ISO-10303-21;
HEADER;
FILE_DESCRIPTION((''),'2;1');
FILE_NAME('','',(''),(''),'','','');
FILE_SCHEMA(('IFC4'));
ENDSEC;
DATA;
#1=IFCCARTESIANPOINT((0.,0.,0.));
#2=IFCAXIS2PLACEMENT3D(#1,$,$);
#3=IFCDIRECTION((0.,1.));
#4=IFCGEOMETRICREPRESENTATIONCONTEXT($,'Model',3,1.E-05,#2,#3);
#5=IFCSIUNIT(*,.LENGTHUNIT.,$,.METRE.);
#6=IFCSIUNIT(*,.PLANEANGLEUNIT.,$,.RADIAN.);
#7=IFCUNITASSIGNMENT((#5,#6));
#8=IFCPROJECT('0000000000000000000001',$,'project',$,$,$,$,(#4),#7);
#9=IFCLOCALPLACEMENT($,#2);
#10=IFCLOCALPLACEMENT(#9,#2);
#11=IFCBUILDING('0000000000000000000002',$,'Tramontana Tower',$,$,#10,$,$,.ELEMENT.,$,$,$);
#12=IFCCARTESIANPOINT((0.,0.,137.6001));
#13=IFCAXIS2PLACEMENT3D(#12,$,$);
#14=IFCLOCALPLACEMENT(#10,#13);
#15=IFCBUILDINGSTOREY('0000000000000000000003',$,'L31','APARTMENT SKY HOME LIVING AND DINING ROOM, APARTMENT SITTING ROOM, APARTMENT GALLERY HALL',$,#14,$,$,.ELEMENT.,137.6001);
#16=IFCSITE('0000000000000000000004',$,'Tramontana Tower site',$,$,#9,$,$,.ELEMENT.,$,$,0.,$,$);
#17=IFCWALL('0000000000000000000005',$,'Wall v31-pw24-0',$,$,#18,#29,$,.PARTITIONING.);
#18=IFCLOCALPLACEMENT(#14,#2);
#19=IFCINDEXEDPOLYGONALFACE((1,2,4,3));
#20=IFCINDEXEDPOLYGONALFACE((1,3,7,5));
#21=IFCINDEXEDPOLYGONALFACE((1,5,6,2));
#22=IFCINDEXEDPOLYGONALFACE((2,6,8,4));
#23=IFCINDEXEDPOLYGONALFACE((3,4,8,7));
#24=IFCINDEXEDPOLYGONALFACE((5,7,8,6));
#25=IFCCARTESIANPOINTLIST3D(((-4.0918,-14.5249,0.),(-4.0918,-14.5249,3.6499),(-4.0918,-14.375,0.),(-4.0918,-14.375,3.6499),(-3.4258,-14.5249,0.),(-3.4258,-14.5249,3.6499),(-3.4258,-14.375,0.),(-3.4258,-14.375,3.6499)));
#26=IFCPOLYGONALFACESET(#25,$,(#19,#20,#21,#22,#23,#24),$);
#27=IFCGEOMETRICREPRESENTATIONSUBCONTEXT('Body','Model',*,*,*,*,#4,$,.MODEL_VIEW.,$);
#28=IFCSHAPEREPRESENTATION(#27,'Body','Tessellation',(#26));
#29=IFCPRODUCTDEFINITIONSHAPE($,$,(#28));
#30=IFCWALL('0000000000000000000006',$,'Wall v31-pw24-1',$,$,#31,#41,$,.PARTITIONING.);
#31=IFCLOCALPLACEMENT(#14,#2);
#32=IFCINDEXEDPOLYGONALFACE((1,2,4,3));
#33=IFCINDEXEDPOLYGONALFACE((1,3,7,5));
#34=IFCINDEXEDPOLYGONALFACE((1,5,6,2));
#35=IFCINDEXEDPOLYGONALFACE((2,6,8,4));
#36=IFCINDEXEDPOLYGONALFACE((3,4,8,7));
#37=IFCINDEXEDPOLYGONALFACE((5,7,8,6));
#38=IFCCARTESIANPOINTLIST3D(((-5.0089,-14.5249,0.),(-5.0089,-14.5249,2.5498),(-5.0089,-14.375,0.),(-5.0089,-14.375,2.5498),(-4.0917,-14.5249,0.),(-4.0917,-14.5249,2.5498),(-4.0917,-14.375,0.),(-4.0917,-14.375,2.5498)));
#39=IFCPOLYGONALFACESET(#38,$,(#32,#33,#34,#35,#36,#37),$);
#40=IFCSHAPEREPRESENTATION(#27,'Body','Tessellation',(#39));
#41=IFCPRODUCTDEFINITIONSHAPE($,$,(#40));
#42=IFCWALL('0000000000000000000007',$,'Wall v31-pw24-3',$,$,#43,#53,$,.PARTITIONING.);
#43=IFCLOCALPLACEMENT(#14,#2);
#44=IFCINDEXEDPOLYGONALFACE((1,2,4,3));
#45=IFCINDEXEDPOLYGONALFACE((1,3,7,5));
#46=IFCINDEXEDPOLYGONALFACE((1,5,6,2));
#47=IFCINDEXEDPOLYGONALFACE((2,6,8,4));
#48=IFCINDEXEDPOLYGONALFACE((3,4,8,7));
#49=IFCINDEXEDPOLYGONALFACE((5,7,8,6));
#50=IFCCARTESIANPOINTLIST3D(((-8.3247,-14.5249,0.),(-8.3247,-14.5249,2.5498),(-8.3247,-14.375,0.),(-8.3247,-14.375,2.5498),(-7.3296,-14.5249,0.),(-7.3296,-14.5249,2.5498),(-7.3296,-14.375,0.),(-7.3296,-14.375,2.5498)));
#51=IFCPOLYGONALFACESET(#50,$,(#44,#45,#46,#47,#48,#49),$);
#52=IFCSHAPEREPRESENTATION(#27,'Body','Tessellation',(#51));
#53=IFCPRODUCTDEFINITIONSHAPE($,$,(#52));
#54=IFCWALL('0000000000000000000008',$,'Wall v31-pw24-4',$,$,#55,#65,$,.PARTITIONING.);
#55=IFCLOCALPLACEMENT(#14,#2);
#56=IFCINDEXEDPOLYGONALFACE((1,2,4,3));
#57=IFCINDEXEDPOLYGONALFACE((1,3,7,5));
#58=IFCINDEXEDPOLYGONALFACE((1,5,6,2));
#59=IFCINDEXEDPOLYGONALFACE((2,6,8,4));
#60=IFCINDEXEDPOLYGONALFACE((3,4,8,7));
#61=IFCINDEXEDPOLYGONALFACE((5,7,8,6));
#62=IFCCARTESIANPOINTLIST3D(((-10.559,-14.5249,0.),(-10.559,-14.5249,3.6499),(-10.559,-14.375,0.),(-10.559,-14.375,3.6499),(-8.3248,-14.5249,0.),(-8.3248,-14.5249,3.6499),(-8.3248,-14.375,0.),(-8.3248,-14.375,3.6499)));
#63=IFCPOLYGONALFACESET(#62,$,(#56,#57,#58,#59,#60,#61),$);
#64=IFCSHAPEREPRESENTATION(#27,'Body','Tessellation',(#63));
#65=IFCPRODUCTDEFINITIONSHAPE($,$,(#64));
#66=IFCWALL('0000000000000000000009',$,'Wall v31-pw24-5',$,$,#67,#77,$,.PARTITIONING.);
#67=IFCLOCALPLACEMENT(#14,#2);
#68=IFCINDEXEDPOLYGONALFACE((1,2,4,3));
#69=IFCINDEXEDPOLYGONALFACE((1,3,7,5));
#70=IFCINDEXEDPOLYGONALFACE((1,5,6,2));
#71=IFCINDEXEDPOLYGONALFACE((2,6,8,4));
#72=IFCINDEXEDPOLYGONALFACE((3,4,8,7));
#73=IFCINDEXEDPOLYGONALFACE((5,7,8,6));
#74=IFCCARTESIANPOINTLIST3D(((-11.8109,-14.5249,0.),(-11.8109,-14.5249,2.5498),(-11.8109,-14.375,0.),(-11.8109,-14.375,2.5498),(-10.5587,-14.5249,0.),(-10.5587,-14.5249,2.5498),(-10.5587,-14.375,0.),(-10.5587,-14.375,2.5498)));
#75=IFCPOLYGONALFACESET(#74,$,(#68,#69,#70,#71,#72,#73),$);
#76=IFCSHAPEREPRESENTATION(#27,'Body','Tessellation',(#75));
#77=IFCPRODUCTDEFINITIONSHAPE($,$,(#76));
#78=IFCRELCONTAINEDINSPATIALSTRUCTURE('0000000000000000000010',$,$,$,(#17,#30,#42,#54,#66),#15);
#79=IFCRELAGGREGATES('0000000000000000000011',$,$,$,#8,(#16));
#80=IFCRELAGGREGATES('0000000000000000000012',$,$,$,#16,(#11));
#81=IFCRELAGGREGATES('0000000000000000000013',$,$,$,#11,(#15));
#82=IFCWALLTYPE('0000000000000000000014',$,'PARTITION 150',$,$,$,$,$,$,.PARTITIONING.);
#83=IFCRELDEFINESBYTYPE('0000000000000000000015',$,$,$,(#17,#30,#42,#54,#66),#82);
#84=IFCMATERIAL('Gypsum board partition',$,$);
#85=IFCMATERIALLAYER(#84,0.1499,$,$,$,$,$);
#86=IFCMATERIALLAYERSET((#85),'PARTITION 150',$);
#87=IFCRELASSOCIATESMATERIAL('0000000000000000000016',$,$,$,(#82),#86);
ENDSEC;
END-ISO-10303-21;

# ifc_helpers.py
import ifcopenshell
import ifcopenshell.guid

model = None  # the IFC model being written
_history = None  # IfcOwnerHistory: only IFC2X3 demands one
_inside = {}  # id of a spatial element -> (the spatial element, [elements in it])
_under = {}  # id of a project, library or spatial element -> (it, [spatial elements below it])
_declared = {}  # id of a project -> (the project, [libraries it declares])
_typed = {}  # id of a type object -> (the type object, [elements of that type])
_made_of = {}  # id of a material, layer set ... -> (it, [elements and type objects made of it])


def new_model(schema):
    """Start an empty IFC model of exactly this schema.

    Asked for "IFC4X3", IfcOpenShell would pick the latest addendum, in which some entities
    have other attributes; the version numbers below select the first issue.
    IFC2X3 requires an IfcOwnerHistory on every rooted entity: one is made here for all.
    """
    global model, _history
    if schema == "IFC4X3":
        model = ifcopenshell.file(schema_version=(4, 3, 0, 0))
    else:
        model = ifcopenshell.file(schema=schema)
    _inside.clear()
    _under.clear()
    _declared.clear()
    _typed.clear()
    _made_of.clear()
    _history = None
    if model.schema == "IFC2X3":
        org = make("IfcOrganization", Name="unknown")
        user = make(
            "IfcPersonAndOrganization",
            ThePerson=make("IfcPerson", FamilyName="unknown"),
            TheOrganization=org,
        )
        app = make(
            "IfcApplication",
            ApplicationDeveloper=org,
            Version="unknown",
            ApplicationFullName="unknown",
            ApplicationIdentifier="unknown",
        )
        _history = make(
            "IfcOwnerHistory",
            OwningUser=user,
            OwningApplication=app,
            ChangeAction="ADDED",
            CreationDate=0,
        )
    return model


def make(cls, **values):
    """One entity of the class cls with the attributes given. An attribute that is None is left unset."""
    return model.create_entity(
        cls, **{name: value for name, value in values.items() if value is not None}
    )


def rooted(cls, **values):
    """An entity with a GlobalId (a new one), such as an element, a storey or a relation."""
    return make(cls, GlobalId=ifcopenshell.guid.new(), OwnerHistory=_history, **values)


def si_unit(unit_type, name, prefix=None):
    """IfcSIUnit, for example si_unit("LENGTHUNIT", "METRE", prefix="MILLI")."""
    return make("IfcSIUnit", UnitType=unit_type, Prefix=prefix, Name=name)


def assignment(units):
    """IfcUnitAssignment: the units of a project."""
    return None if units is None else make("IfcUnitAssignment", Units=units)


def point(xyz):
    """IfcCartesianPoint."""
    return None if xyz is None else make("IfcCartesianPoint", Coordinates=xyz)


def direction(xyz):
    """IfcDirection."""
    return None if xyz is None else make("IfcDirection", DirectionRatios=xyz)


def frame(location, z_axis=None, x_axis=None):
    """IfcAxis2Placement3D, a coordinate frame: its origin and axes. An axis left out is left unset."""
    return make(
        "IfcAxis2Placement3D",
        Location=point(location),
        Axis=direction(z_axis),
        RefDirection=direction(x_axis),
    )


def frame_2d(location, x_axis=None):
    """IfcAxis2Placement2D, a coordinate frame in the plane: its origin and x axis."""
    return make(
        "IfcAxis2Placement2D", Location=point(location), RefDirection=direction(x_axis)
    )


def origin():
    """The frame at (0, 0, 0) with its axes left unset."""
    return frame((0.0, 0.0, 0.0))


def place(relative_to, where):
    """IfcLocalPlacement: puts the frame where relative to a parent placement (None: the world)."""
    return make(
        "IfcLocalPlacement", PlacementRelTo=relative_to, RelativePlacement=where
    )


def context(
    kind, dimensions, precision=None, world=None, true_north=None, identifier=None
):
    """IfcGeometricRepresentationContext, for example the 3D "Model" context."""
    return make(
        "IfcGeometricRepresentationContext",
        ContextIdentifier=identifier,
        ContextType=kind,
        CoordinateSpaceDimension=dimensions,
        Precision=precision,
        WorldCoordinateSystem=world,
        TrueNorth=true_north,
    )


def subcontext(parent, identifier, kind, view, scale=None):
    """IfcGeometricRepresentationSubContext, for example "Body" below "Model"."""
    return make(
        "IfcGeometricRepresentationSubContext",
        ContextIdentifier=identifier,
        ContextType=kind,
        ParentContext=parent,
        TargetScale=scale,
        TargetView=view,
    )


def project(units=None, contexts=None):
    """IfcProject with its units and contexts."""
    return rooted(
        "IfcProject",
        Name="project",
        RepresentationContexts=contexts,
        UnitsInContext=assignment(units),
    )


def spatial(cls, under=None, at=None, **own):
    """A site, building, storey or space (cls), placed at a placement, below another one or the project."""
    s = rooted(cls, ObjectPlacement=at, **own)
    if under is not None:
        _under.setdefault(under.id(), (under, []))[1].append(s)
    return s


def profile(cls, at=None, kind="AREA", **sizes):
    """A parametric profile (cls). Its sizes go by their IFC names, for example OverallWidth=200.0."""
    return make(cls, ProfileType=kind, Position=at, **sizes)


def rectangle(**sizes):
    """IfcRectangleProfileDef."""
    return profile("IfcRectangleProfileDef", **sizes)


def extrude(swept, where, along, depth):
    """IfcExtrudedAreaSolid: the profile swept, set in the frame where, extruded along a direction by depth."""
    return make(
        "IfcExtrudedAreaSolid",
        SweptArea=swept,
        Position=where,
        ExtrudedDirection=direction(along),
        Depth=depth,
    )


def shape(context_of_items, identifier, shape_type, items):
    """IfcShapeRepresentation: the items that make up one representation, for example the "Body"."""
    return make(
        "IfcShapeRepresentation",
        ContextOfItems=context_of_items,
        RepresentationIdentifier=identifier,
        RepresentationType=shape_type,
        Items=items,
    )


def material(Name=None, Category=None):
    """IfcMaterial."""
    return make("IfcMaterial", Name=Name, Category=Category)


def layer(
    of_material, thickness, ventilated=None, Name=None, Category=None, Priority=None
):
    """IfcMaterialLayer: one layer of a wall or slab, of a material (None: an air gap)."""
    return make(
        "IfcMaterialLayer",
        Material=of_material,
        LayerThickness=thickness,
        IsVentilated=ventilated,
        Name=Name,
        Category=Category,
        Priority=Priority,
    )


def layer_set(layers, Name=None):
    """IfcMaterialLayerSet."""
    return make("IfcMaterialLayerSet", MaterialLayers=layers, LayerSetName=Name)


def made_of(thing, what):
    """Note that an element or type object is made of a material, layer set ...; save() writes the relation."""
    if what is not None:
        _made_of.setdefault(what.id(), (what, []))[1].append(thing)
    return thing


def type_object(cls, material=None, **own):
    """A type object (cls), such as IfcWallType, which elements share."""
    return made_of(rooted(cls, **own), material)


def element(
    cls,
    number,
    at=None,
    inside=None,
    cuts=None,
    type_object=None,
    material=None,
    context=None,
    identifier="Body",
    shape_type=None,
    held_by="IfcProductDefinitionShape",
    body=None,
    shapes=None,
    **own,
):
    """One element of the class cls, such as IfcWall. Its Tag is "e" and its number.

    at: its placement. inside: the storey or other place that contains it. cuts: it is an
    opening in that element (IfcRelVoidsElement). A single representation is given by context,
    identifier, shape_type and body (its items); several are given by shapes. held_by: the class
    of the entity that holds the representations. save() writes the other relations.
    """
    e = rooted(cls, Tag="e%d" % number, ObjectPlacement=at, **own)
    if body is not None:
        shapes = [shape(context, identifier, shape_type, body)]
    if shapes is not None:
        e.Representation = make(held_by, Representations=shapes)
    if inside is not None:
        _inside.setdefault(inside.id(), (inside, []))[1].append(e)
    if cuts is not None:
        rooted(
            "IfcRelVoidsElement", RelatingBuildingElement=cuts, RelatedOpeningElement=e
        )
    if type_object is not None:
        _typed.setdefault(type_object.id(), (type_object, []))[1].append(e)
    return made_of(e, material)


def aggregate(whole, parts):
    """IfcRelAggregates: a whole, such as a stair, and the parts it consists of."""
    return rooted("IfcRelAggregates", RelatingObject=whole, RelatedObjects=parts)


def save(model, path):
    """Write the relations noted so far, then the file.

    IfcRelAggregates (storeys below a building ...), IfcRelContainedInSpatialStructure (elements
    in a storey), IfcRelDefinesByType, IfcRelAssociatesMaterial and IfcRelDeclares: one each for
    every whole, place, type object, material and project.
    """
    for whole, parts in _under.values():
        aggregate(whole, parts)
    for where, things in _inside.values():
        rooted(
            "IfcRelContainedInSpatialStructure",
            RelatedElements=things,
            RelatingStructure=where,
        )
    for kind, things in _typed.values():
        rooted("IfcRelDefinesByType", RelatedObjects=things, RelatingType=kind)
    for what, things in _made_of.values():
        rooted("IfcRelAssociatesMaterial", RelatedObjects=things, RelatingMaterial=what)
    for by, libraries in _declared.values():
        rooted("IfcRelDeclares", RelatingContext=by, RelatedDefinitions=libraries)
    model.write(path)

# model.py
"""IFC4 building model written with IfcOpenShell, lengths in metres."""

from ifc_helpers import new_model, si_unit, direction, frame, frame_2d, origin, place, context, subcontext, project, spatial, rectangle, extrude, material, layer, layer_set, type_object, element, save


model = new_model("IFC4")

# Units and contexts
model_context = context("Model", 3, precision=1e-05, world=origin(), true_north=direction((0.0, 1.0)))
body_context = subcontext(model_context, "Body", "Model", "MODEL_VIEW")
ifc_project = project(units=[si_unit("LENGTHUNIT", "METRE"), si_unit("PLANEANGLEUNIT", "RADIAN")], contexts=[model_context])

# Site, building, storey
site_placement = place(None, origin())
site = spatial("IfcSite", under=ifc_project, at=site_placement, Name="Tramontana Tower site", CompositionType="ELEMENT", RefElevation=0.0)
building_placement = place(site_placement, origin())
building = spatial("IfcBuilding", under=site, at=building_placement, Name="Tramontana Tower", CompositionType="ELEMENT")
storey_placement = place(building_placement, frame((0.0, 0.0, 137.6001)))
storey = spatial("IfcBuildingStorey", under=building, at=storey_placement, Name="L31", Description="APARTMENT SKY HOME LIVING AND DINING ROOM, APARTMENT SITTING ROOM, APARTMENT GALLERY HALL", CompositionType="ELEMENT", Elevation=137.6001)

# Shared definitions
ifc_material_1 = material(Name="Gypsum board partition")
ifc_layer_1 = layer(ifc_material_1, 0.1499)
ifc_layer_set_1 = layer_set([ifc_layer_1], Name="PARTITION 150")
wall_type_1 = type_object("IfcWallType", Name="PARTITION 150", PredefinedType="PARTITIONING", material=ifc_layer_set_1)

# Walls
wall_1_placement = place(storey_placement, frame((-3.4258, -14.45, 0.0), z_axis=(0.0, 0.0, 1.0), x_axis=(-1.0, 0.0, 0.0)))
element("IfcWall", 1, at=wall_1_placement, inside=storey, type_object=wall_type_1, Name="Wall v31-pw24-0", PredefinedType="PARTITIONING", context=body_context, shape_type="SweptSolid", body=[
    extrude(rectangle(XDim=0.666, YDim=0.1499, at=frame_2d((0.333, 0.0))), origin(), (0.0, 0.0, 1.0), 3.6499),
])
wall_2_placement = place(storey_placement, frame((-4.0918, -14.45, 0.0), z_axis=(0.0, 0.0, 1.0), x_axis=(-1.0, 0.0, 0.0)))
element("IfcWall", 2, at=wall_2_placement, inside=storey, type_object=wall_type_1, Name="Wall v31-pw24-1", PredefinedType="PARTITIONING", context=body_context, shape_type="SweptSolid", body=[
    extrude(rectangle(XDim=0.9172, YDim=0.1499, at=frame_2d((0.4585, 0.0))), origin(), (0.0, 0.0, 1.0), 2.5498),
])

# Walls
wall_3_placement = place(storey_placement, frame((-7.3296, -14.45, 0.0), z_axis=(0.0, 0.0, 1.0), x_axis=(-1.0, 0.0, 0.0)))
element("IfcWall", 3, at=wall_3_placement, inside=storey, type_object=wall_type_1, Name="Wall v31-pw24-3", PredefinedType="PARTITIONING", context=body_context, shape_type="SweptSolid", body=[
    extrude(rectangle(XDim=0.9951, YDim=0.1499, at=frame_2d((0.4976, 0.0))), origin(), (0.0, 0.0, 1.0), 2.5498),
])
wall_4_placement = place(storey_placement, frame((-8.3247, -14.45, 0.0), z_axis=(0.0, 0.0, 1.0), x_axis=(-1.0, 0.0, 0.0)))
element("IfcWall", 4, at=wall_4_placement, inside=storey, type_object=wall_type_1, Name="Wall v31-pw24-4", PredefinedType="PARTITIONING", context=body_context, shape_type="SweptSolid", body=[
    extrude(rectangle(XDim=2.2341, YDim=0.1499, at=frame_2d((1.1172, 0.0))), origin(), (0.0, 0.0, 1.0), 3.6499),
])
wall_5_placement = place(storey_placement, frame((-10.5588, -14.45, 0.0), z_axis=(0.0, 0.0, 1.0), x_axis=(-1.0, 0.0, 0.0)))
element("IfcWall", 5, at=wall_5_placement, inside=storey, type_object=wall_type_1, Name="Wall v31-pw24-5", PredefinedType="PARTITIONING", context=body_context, shape_type="SweptSolid", body=[
    extrude(rectangle(XDim=1.2522, YDim=0.1499, at=frame_2d((0.626, 0.0))), origin(), (0.0, 0.0, 1.0), 2.5498),
])

save(model, "model.ifc")
